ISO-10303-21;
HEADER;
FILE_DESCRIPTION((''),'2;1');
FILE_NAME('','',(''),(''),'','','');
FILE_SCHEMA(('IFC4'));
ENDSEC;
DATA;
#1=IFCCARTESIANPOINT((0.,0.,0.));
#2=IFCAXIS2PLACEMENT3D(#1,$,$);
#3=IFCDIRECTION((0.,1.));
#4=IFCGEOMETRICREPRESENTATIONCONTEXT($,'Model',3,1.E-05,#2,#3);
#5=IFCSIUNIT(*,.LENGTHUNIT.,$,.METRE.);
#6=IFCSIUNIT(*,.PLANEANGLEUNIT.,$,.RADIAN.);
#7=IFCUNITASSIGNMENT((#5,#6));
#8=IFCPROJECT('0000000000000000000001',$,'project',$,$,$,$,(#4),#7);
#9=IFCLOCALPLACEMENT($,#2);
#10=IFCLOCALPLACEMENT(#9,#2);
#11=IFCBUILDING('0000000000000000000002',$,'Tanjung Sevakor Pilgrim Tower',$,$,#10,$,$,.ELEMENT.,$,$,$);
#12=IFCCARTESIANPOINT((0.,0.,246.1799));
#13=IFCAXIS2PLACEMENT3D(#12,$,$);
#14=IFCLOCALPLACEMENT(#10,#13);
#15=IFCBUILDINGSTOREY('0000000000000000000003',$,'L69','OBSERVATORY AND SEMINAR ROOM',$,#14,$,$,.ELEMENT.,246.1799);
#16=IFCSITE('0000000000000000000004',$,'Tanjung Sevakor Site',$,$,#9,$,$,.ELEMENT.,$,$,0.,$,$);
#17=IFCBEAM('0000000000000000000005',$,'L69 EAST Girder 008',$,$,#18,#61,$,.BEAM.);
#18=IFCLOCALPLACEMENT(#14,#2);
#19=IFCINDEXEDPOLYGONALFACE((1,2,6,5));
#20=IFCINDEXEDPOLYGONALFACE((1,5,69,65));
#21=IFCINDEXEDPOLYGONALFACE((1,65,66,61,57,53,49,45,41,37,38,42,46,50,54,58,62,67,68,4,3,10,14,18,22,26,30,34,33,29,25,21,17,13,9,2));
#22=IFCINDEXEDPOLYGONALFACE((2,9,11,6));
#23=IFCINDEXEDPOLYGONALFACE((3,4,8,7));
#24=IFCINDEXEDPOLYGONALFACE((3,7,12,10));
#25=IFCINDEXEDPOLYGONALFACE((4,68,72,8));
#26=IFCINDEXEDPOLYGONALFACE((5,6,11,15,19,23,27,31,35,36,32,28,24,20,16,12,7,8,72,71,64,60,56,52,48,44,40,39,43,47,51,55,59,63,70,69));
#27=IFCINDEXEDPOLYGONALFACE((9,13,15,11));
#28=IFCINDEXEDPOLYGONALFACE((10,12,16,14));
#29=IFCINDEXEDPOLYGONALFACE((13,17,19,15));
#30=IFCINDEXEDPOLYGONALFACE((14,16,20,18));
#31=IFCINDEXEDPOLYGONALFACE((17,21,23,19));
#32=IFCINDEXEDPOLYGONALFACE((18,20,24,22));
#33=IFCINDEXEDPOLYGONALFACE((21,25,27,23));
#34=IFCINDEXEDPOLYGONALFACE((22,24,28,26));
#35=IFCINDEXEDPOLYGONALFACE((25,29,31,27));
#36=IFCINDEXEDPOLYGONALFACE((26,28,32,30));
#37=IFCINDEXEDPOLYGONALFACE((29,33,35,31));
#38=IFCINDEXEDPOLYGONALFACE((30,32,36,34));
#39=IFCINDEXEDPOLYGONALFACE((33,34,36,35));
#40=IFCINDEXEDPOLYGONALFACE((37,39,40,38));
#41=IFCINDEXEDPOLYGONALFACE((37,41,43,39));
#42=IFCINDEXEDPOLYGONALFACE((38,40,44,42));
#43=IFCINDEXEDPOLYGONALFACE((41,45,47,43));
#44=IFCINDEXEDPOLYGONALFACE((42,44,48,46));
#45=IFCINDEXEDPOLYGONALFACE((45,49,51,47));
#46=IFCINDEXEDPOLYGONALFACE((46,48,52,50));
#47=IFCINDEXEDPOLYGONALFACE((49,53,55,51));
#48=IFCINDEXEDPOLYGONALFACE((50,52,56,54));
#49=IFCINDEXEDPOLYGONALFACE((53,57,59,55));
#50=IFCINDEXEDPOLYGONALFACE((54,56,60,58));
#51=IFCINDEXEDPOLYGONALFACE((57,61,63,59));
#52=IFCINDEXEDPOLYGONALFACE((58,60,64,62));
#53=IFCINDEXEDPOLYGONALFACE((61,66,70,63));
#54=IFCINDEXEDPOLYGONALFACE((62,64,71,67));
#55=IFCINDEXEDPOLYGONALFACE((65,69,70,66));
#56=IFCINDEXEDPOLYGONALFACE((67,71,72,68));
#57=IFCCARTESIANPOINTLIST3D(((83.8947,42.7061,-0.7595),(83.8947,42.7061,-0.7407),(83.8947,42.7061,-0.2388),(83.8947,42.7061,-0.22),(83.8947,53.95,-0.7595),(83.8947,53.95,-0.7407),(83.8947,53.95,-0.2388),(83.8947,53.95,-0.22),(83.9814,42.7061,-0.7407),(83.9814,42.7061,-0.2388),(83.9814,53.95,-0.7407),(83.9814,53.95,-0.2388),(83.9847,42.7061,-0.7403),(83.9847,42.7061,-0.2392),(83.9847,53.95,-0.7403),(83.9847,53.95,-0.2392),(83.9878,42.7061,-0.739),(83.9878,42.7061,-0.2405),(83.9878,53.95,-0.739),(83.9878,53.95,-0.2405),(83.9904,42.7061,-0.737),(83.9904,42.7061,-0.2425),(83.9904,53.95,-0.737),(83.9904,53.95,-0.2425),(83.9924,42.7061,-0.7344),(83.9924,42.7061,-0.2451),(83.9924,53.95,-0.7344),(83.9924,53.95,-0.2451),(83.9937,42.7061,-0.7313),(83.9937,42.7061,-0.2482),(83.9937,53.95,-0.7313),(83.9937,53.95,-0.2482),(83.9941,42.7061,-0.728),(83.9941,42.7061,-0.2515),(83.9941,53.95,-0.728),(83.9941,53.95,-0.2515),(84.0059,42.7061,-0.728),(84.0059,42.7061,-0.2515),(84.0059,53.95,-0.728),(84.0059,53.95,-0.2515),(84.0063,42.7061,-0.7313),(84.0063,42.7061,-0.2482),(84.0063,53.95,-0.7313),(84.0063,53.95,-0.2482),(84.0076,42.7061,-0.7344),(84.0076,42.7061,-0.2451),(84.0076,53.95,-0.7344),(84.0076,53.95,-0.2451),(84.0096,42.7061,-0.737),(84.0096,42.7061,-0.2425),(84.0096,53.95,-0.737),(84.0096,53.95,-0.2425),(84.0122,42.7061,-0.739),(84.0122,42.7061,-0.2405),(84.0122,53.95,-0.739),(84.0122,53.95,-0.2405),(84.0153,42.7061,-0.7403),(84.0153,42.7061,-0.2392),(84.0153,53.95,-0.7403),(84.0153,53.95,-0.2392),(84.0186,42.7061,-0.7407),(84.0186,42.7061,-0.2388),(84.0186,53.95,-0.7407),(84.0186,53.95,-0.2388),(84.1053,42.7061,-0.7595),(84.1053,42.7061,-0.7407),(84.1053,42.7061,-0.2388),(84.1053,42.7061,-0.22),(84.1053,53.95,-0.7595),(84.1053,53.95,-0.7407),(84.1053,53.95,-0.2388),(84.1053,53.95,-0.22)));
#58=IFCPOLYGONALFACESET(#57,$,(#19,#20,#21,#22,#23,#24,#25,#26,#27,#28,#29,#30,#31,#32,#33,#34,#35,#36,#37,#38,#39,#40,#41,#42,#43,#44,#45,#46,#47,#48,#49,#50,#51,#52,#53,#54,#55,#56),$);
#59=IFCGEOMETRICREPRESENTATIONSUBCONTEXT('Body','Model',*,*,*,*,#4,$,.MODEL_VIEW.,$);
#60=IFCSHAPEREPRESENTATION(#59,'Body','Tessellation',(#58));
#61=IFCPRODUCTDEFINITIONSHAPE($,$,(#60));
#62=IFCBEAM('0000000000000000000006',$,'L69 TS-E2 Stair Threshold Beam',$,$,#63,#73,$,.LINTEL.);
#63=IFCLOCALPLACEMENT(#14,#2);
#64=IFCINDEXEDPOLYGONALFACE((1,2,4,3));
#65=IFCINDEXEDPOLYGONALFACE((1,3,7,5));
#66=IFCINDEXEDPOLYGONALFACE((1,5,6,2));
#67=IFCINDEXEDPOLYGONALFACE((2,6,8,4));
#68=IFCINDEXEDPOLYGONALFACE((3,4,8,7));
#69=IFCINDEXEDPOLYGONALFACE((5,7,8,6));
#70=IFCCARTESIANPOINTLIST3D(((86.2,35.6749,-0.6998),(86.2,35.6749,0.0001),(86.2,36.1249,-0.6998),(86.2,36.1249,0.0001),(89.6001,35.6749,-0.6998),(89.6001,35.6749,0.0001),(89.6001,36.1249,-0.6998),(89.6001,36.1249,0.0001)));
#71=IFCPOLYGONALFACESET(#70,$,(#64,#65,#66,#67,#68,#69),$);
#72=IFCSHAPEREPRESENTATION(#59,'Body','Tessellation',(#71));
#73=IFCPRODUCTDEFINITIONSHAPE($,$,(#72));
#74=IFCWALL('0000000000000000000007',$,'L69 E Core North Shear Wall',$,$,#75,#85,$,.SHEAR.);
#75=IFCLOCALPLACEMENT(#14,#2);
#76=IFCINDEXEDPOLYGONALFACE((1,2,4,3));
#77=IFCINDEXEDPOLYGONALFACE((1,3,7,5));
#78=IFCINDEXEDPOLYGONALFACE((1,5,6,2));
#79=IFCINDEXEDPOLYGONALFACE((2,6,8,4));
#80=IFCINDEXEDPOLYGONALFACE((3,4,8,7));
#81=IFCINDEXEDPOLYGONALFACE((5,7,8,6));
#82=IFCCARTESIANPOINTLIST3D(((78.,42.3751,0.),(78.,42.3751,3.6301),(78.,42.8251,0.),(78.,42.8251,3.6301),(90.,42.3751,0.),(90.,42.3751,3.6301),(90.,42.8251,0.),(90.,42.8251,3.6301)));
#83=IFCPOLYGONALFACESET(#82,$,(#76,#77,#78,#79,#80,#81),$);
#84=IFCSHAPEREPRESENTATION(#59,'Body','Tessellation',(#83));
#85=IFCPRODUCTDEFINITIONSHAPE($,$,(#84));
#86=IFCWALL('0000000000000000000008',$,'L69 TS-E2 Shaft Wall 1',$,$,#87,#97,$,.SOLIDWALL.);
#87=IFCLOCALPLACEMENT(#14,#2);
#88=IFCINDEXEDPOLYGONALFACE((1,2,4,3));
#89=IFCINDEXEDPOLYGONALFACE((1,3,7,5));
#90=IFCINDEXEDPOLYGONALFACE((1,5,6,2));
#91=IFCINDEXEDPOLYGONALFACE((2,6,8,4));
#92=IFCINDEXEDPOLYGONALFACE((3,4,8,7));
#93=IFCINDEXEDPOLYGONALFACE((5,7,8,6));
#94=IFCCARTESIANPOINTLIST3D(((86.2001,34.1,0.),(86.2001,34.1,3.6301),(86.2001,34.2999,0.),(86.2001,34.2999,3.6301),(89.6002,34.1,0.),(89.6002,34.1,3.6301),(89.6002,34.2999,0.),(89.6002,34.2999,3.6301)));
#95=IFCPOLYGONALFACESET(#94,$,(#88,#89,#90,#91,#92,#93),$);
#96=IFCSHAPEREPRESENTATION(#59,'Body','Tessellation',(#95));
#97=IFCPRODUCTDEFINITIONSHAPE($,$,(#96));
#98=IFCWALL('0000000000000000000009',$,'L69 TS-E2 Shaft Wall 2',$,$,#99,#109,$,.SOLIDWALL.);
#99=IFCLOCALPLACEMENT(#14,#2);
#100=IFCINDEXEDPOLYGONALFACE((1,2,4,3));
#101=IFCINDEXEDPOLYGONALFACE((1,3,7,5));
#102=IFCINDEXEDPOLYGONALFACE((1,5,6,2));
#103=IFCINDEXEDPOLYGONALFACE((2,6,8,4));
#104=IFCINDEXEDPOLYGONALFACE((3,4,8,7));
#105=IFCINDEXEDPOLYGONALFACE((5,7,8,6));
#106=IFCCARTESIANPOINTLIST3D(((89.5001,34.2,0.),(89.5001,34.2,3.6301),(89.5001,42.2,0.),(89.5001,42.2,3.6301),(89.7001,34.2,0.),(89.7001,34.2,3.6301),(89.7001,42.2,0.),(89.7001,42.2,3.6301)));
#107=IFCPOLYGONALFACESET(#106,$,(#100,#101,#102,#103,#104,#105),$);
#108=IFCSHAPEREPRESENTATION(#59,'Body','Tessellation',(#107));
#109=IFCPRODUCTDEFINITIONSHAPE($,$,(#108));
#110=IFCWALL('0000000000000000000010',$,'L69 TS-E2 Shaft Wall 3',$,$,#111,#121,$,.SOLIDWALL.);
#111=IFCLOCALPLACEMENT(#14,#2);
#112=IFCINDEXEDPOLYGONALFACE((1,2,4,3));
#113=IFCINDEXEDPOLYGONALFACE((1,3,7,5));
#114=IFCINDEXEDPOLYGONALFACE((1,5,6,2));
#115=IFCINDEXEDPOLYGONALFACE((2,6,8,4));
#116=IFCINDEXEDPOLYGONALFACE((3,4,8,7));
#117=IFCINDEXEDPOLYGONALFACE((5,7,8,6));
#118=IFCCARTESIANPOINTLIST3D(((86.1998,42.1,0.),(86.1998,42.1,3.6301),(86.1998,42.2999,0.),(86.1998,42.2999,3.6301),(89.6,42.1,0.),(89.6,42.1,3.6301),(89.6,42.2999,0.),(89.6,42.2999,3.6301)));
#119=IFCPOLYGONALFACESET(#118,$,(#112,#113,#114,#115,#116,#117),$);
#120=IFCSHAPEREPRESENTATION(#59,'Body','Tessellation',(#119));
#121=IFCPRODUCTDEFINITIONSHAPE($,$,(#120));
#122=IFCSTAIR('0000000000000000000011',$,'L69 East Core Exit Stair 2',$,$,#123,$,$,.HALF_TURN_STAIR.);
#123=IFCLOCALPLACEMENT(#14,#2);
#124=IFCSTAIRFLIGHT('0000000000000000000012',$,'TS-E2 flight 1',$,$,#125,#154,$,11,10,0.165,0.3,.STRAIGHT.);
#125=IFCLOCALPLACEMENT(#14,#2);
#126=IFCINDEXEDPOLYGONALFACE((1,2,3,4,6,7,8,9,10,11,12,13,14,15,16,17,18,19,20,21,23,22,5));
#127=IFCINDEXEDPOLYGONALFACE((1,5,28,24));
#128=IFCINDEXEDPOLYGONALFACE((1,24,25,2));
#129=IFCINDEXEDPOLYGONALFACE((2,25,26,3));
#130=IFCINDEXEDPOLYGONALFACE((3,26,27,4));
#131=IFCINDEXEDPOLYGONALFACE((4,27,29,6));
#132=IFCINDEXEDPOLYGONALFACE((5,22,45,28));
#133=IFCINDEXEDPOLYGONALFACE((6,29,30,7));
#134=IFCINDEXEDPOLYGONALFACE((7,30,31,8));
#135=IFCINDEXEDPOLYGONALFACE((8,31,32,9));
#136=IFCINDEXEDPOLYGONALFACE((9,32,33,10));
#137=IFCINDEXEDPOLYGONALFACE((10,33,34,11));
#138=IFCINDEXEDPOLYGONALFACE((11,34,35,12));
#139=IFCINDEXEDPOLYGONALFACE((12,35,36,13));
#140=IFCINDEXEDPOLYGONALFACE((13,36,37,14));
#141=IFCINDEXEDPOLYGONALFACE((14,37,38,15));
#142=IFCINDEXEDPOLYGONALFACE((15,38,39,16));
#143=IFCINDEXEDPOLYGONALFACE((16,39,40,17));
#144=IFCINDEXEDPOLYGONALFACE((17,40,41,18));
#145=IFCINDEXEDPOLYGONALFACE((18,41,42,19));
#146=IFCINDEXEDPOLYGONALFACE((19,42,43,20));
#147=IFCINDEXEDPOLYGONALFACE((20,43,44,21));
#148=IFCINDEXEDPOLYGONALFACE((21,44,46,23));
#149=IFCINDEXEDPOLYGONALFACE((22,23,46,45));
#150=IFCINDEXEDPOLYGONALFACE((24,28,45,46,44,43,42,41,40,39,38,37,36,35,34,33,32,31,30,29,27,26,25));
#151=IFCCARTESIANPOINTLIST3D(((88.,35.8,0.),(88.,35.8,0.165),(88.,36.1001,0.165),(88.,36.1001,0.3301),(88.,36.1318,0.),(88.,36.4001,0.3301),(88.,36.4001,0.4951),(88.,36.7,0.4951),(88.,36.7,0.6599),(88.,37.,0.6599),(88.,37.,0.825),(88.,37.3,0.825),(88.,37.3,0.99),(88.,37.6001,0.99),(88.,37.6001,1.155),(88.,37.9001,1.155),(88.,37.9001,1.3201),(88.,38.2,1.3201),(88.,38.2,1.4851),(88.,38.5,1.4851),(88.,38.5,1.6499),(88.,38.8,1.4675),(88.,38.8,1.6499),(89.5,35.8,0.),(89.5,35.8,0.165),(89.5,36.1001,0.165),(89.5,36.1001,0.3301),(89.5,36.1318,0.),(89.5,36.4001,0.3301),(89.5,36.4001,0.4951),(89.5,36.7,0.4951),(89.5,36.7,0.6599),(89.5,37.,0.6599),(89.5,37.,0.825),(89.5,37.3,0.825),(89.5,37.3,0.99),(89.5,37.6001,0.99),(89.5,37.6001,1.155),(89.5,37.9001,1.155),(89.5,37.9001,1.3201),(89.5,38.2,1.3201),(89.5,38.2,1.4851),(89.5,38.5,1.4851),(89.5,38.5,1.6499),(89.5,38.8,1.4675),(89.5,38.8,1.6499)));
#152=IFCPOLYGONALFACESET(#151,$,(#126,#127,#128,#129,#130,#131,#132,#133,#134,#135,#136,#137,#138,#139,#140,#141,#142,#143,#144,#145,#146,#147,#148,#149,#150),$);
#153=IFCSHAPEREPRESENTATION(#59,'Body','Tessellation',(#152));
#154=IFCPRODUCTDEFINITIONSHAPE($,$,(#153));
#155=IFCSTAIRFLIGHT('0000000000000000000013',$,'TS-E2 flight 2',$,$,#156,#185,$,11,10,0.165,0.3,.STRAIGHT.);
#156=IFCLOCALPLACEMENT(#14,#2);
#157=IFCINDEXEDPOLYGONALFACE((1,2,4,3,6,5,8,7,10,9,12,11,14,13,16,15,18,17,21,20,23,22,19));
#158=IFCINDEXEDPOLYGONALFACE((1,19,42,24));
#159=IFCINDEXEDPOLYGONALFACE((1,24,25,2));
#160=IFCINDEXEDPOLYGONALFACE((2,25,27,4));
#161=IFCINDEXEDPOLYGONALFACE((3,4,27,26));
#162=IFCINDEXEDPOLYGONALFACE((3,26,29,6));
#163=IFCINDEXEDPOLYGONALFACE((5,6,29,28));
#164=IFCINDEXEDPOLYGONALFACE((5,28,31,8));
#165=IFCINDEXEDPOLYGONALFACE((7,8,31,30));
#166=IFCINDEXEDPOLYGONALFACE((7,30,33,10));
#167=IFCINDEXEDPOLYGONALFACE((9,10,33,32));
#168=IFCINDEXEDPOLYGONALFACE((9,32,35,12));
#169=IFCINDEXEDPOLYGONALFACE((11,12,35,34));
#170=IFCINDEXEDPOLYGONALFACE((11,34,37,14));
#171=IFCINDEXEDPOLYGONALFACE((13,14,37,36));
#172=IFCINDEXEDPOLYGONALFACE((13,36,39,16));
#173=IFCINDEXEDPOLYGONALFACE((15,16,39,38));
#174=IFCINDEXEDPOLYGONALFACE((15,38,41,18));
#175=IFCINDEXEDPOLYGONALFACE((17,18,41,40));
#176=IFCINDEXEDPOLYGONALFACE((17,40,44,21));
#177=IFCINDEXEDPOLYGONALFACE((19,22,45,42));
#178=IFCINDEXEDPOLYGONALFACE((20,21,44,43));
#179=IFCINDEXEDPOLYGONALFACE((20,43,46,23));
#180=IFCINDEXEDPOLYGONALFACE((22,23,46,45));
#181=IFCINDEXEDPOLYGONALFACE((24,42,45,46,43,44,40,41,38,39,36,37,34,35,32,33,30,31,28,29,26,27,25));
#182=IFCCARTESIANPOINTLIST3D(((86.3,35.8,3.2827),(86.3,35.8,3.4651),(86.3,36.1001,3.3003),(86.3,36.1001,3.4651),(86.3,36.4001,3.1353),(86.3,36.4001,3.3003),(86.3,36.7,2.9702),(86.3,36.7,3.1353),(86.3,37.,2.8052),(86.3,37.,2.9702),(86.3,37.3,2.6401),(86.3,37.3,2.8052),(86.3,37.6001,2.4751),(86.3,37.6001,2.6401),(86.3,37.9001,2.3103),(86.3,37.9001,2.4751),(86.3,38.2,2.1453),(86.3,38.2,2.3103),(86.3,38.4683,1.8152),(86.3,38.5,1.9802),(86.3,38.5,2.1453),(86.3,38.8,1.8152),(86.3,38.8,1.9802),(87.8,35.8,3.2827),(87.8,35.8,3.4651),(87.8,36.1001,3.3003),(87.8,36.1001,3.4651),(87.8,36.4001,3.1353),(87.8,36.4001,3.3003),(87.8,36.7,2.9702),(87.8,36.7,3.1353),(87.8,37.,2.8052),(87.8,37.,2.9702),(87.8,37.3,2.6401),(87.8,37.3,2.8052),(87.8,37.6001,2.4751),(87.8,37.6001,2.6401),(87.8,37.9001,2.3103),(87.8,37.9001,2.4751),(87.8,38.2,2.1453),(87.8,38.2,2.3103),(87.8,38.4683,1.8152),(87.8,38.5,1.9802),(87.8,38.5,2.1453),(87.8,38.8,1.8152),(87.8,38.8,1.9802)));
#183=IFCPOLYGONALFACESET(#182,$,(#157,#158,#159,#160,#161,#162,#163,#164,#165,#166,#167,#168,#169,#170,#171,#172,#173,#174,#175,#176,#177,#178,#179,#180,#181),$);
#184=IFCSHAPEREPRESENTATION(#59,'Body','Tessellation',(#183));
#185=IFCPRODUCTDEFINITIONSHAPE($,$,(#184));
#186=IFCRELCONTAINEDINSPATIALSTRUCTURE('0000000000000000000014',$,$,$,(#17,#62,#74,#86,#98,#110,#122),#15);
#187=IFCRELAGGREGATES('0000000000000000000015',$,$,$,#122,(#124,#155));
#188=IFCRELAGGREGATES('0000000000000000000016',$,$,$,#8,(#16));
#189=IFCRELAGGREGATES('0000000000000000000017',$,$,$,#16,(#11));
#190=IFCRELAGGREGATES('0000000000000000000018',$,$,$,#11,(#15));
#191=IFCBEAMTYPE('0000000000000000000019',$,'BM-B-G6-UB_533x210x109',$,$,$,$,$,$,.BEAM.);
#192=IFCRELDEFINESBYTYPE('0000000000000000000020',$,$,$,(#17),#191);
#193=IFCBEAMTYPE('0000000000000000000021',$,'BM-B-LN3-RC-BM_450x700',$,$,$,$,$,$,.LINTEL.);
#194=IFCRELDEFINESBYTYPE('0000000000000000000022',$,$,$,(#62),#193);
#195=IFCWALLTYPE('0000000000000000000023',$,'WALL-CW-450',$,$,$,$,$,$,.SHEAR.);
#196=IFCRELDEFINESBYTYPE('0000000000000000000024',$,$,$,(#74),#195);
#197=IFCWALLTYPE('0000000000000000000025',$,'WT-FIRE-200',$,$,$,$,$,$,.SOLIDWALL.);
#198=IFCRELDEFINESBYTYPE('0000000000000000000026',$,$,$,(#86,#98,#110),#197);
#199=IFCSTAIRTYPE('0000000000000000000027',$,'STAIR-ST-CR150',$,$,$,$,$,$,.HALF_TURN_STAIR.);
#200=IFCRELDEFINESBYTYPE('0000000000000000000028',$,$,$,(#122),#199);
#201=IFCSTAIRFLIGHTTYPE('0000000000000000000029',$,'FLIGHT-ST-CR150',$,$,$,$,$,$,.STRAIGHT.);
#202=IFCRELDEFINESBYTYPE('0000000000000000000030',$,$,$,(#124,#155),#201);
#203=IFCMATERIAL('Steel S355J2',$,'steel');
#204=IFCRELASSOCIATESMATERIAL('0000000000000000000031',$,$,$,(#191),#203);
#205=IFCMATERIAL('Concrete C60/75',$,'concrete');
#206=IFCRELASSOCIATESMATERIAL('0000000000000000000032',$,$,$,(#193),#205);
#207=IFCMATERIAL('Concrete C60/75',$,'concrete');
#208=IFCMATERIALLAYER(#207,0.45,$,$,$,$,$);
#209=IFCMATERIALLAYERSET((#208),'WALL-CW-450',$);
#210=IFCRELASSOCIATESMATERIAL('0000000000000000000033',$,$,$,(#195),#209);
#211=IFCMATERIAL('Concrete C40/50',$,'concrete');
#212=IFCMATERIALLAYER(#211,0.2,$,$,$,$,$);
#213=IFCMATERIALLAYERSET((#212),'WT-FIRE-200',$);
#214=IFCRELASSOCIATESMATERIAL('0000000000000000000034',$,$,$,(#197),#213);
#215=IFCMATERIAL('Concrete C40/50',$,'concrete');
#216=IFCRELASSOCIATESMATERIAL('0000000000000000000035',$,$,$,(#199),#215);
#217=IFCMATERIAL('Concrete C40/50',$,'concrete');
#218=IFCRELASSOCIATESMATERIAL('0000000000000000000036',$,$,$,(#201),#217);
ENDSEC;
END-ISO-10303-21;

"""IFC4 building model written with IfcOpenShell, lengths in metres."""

from ifc_helpers import new_model, si_unit, direction, frame, frame_2d, origin, origin_2d, place, context, subcontext, project, spatial, polyline, rectangle, i_section, outline, extrude, material, layer, layer_set, material_profile, profile_set, type_object, element, aggregate, save


model = new_model("IFC4")

# Units and contexts
model_context = context("Model", 3, precision=1e-05, world=origin(), true_north=direction((0.0, 1.0)))
body_context = subcontext(model_context, "Body", "Model", "MODEL_VIEW")
ifc_project = project(units=[si_unit("LENGTHUNIT", "METRE"), si_unit("PLANEANGLEUNIT", "RADIAN")], contexts=[model_context])

# Site, building, storey
site_placement = place(None, origin())
site = spatial("IfcSite", under=ifc_project, at=site_placement, Name="Tanjung Sevakor Site", CompositionType="ELEMENT", RefElevation=0.0)
building_placement = place(site_placement, origin())
building = spatial("IfcBuilding", under=site, at=building_placement, Name="Tanjung Sevakor Pilgrim Tower", CompositionType="ELEMENT")
storey_placement = place(building_placement, frame((0.0, 0.0, 246.1799)))
storey = spatial("IfcBuildingStorey", under=building, at=storey_placement, Name="L69", Description="OBSERVATORY AND SEMINAR ROOM", CompositionType="ELEMENT", Elevation=246.1799)

# Beams
ifc_material_1 = material(Name="Steel S355J2", Category="steel")
ifc_material_profile_1 = material_profile(ifc_material_1, i_section(OverallWidth=0.2107, OverallDepth=0.5396, WebThickness=0.0117, FlangeThickness=0.0188, FilletRadius=0.0127, at=origin_2d()))
ifc_profile_set_1 = profile_set([ifc_material_profile_1], Name="Steel S355J2")
beam_type_1 = type_object("IfcBeamType", Name="BM-B-G6-UB_533x210x109", PredefinedType="BEAM", material=ifc_profile_set_1)
beam_1_placement = place(storey_placement, frame((84.0, 42.7061, -0.4897), z_axis=(0.0, 1.0, 0.0), x_axis=(-1.0, 0.0, 0.0)))
element("IfcBeam", 1, at=beam_1_placement, inside=storey, type_object=beam_type_1, Name="L69 EAST Girder 008", PredefinedType="BEAM", context=body_context, shape_type="SweptSolid", body=[
    extrude(i_section(OverallWidth=0.2107, OverallDepth=0.5396, WebThickness=0.0117, FlangeThickness=0.0188, FilletRadius=0.0127, at=origin_2d()), origin(), (0.0, 0.0, 1.0), 11.2439),
])
ifc_material_2 = material(Name="Concrete C60/75", Category="concrete")
ifc_material_profile_2 = material_profile(ifc_material_2, rectangle(XDim=0.45, YDim=0.7, at=origin_2d()))
ifc_profile_set_2 = profile_set([ifc_material_profile_2], Name="Concrete C60/75")
beam_type_2 = type_object("IfcBeamType", Name="BM-B-LN3-RC-BM_450x700", PredefinedType="LINTEL", material=ifc_profile_set_2)
beam_2_placement = place(storey_placement, frame((86.2, 35.8999, -0.3499), z_axis=(1.0, 0.0, 0.0), x_axis=(0.0, 1.0, 0.0)))
element("IfcBeam", 2, at=beam_2_placement, inside=storey, type_object=beam_type_2, Name="L69 TS-E2 Stair Threshold Beam", PredefinedType="LINTEL", context=body_context, shape_type="SweptSolid", body=[
    extrude(rectangle(XDim=0.45, YDim=0.7, at=origin_2d()), origin(), (0.0, 0.0, 1.0), 3.4001),
])

# Walls
ifc_material_3 = material(Name="Concrete C60/75", Category="concrete")
ifc_layer_1 = layer(ifc_material_3, 0.45)
ifc_layer_set_1 = layer_set([ifc_layer_1], Name="WALL-CW-450")
wall_type_1 = type_object("IfcWallType", Name="WALL-CW-450", PredefinedType="SHEAR", material=ifc_layer_set_1)
wall_1_placement = place(storey_placement, frame((90.0, 42.6001, 0.0), z_axis=(0.0, 0.0, 1.0), x_axis=(-1.0, 0.0, 0.0)))
element("IfcWall", 3, at=wall_1_placement, inside=storey, type_object=wall_type_1, Name="L69 E Core North Shear Wall", PredefinedType="SHEAR", context=body_context, shape_type="SweptSolid", body=[
    extrude(rectangle(XDim=12.0, YDim=0.45, at=frame_2d((6.0, 0.0))), origin(), (0.0, 0.0, 1.0), 3.6301),
])
ifc_material_4 = material(Name="Concrete C40/50", Category="concrete")
ifc_layer_2 = layer(ifc_material_4, 0.2)
ifc_layer_set_2 = layer_set([ifc_layer_2], Name="WT-FIRE-200")
wall_type_2 = type_object("IfcWallType", Name="WT-FIRE-200", PredefinedType="SOLIDWALL", material=ifc_layer_set_2)
wall_2_placement = place(storey_placement, frame((86.2, 34.2, 0.0), z_axis=(0.0, 0.0, 1.0), x_axis=(1.0, 0.0, 0.0)))
element("IfcWall", 4, at=wall_2_placement, inside=storey, type_object=wall_type_2, Name="L69 TS-E2 Shaft Wall 1", PredefinedType="SOLIDWALL", context=body_context, shape_type="SweptSolid", body=[
    extrude(rectangle(XDim=3.4001, YDim=0.2, at=frame_2d((1.7002, 0.0))), origin(), (0.0, 0.0, 1.0), 3.6301),
])
wall_3_placement = place(storey_placement, frame((89.6001, 34.2, 0.0), z_axis=(0.0, 0.0, 1.0), x_axis=(0.0, 1.0, 0.0)))
element("IfcWall", 5, at=wall_3_placement, inside=storey, type_object=wall_type_2, Name="L69 TS-E2 Shaft Wall 2", PredefinedType="SOLIDWALL", context=body_context, shape_type="SweptSolid", body=[
    extrude(rectangle(XDim=8.0, YDim=0.2, at=frame_2d((4.0, 0.0))), origin(), (0.0, 0.0, 1.0), 3.6301),
])
wall_4_placement = place(storey_placement, frame((89.6001, 42.2, 0.0), z_axis=(0.0, 0.0, 1.0), x_axis=(-1.0, 0.0, 0.0)))
element("IfcWall", 6, at=wall_4_placement, inside=storey, type_object=wall_type_2, Name="L69 TS-E2 Shaft Wall 3", PredefinedType="SOLIDWALL", context=body_context, shape_type="SweptSolid", body=[
    extrude(rectangle(XDim=3.4001, YDim=0.2, at=frame_2d((1.7002, 0.0))), origin(), (0.0, 0.0, 1.0), 3.6301),
])

# Stair, stair flights
ifc_material_5 = material(Name="Concrete C40/50", Category="concrete")
stair_type = type_object("IfcStairType", Name="STAIR-ST-CR150", PredefinedType="HALF_TURN_STAIR", material=ifc_material_5)
stair_placement = place(storey_placement, origin())
stair = element("IfcStair", 7, at=stair_placement, inside=storey, type_object=stair_type, Name="L69 East Core Exit Stair 2", PredefinedType="HALF_TURN_STAIR")
ifc_material_6 = material(Name="Concrete C40/50", Category="concrete")
stair_flight_type = type_object("IfcStairFlightType", Name="FLIGHT-ST-CR150", PredefinedType="STRAIGHT", material=ifc_material_6)
stair_flight_1_placement = place(storey_placement, frame((88.75, 35.8, 0.0), z_axis=(0.0, 0.0, 1.0), x_axis=(0.0, 1.0, 0.0)))
stair_flight_1 = element("IfcStairFlight", 8, at=stair_flight_1_placement, type_object=stair_flight_type, Name="TS-E2 flight 1", NumberOfRisers=11, NumberOfTreads=10, PredefinedType="STRAIGHT", RiserHeight=0.165, TreadLength=0.3, context=body_context, shape_type="SweptSolid", body=[
    extrude(outline(polyline([(0.0, 0.0), (0.0, 0.165), (0.3, 0.165), (0.3, 0.3301), (0.6001, 0.3301), (0.6001, 0.4951), (0.8999, 0.4951), (0.8999, 0.6599), (1.2, 0.6599), (1.2, 0.825), (1.5, 0.825), (1.5, 0.99), (1.8, 0.99), (1.8, 1.155), (2.1001, 1.155), (2.1001, 1.3201), (2.3999, 1.3201), (2.3999, 1.4851), (2.7, 1.4851), (2.7, 1.6499), (3.0, 1.6499), (3.0, 1.8149), (3.0, 1.4675), (0.3318, 0.0), (0.0, 0.0)])), frame((0.0, 0.75, 0.0), z_axis=(0.0, -1.0, 0.0), x_axis=(1.0, 0.0, 0.0)), (0.0, 0.0, 1.0), 1.5),
])
stair_flight_2_placement = place(storey_placement, frame((87.05, 38.8, 1.8152), z_axis=(0.0, 0.0, 1.0), x_axis=(0.0, -1.0, 0.0)))
stair_flight_2 = element("IfcStairFlight", 9, at=stair_flight_2_placement, type_object=stair_flight_type, Name="TS-E2 flight 2", NumberOfRisers=11, NumberOfTreads=10, PredefinedType="STRAIGHT", RiserHeight=0.165, TreadLength=0.3, context=body_context, shape_type="SweptSolid", body=[
    extrude(outline(polyline([(0.0, 0.0), (0.0, 0.165), (0.3, 0.165), (0.3, 0.3301), (0.6001, 0.3301), (0.6001, 0.4951), (0.8999, 0.4951), (0.8999, 0.6599), (1.2, 0.6599), (1.2, 0.825), (1.5, 0.825), (1.5, 0.99), (1.8, 0.99), (1.8, 1.155), (2.1001, 1.155), (2.1001, 1.3201), (2.3999, 1.3201), (2.3999, 1.4851), (2.7, 1.4851), (2.7, 1.6499), (3.0, 1.6499), (3.0, 1.8149), (3.0, 1.4675), (0.3318, 0.0), (0.0, 0.0)])), frame((0.0, 0.75, 0.0), z_axis=(0.0, -1.0, 0.0), x_axis=(1.0, 0.0, 0.0)), (0.0, 0.0, 1.0), 1.5),
])
aggregate(stair, [stair_flight_1, stair_flight_2])

save(model, "model.ifc")
